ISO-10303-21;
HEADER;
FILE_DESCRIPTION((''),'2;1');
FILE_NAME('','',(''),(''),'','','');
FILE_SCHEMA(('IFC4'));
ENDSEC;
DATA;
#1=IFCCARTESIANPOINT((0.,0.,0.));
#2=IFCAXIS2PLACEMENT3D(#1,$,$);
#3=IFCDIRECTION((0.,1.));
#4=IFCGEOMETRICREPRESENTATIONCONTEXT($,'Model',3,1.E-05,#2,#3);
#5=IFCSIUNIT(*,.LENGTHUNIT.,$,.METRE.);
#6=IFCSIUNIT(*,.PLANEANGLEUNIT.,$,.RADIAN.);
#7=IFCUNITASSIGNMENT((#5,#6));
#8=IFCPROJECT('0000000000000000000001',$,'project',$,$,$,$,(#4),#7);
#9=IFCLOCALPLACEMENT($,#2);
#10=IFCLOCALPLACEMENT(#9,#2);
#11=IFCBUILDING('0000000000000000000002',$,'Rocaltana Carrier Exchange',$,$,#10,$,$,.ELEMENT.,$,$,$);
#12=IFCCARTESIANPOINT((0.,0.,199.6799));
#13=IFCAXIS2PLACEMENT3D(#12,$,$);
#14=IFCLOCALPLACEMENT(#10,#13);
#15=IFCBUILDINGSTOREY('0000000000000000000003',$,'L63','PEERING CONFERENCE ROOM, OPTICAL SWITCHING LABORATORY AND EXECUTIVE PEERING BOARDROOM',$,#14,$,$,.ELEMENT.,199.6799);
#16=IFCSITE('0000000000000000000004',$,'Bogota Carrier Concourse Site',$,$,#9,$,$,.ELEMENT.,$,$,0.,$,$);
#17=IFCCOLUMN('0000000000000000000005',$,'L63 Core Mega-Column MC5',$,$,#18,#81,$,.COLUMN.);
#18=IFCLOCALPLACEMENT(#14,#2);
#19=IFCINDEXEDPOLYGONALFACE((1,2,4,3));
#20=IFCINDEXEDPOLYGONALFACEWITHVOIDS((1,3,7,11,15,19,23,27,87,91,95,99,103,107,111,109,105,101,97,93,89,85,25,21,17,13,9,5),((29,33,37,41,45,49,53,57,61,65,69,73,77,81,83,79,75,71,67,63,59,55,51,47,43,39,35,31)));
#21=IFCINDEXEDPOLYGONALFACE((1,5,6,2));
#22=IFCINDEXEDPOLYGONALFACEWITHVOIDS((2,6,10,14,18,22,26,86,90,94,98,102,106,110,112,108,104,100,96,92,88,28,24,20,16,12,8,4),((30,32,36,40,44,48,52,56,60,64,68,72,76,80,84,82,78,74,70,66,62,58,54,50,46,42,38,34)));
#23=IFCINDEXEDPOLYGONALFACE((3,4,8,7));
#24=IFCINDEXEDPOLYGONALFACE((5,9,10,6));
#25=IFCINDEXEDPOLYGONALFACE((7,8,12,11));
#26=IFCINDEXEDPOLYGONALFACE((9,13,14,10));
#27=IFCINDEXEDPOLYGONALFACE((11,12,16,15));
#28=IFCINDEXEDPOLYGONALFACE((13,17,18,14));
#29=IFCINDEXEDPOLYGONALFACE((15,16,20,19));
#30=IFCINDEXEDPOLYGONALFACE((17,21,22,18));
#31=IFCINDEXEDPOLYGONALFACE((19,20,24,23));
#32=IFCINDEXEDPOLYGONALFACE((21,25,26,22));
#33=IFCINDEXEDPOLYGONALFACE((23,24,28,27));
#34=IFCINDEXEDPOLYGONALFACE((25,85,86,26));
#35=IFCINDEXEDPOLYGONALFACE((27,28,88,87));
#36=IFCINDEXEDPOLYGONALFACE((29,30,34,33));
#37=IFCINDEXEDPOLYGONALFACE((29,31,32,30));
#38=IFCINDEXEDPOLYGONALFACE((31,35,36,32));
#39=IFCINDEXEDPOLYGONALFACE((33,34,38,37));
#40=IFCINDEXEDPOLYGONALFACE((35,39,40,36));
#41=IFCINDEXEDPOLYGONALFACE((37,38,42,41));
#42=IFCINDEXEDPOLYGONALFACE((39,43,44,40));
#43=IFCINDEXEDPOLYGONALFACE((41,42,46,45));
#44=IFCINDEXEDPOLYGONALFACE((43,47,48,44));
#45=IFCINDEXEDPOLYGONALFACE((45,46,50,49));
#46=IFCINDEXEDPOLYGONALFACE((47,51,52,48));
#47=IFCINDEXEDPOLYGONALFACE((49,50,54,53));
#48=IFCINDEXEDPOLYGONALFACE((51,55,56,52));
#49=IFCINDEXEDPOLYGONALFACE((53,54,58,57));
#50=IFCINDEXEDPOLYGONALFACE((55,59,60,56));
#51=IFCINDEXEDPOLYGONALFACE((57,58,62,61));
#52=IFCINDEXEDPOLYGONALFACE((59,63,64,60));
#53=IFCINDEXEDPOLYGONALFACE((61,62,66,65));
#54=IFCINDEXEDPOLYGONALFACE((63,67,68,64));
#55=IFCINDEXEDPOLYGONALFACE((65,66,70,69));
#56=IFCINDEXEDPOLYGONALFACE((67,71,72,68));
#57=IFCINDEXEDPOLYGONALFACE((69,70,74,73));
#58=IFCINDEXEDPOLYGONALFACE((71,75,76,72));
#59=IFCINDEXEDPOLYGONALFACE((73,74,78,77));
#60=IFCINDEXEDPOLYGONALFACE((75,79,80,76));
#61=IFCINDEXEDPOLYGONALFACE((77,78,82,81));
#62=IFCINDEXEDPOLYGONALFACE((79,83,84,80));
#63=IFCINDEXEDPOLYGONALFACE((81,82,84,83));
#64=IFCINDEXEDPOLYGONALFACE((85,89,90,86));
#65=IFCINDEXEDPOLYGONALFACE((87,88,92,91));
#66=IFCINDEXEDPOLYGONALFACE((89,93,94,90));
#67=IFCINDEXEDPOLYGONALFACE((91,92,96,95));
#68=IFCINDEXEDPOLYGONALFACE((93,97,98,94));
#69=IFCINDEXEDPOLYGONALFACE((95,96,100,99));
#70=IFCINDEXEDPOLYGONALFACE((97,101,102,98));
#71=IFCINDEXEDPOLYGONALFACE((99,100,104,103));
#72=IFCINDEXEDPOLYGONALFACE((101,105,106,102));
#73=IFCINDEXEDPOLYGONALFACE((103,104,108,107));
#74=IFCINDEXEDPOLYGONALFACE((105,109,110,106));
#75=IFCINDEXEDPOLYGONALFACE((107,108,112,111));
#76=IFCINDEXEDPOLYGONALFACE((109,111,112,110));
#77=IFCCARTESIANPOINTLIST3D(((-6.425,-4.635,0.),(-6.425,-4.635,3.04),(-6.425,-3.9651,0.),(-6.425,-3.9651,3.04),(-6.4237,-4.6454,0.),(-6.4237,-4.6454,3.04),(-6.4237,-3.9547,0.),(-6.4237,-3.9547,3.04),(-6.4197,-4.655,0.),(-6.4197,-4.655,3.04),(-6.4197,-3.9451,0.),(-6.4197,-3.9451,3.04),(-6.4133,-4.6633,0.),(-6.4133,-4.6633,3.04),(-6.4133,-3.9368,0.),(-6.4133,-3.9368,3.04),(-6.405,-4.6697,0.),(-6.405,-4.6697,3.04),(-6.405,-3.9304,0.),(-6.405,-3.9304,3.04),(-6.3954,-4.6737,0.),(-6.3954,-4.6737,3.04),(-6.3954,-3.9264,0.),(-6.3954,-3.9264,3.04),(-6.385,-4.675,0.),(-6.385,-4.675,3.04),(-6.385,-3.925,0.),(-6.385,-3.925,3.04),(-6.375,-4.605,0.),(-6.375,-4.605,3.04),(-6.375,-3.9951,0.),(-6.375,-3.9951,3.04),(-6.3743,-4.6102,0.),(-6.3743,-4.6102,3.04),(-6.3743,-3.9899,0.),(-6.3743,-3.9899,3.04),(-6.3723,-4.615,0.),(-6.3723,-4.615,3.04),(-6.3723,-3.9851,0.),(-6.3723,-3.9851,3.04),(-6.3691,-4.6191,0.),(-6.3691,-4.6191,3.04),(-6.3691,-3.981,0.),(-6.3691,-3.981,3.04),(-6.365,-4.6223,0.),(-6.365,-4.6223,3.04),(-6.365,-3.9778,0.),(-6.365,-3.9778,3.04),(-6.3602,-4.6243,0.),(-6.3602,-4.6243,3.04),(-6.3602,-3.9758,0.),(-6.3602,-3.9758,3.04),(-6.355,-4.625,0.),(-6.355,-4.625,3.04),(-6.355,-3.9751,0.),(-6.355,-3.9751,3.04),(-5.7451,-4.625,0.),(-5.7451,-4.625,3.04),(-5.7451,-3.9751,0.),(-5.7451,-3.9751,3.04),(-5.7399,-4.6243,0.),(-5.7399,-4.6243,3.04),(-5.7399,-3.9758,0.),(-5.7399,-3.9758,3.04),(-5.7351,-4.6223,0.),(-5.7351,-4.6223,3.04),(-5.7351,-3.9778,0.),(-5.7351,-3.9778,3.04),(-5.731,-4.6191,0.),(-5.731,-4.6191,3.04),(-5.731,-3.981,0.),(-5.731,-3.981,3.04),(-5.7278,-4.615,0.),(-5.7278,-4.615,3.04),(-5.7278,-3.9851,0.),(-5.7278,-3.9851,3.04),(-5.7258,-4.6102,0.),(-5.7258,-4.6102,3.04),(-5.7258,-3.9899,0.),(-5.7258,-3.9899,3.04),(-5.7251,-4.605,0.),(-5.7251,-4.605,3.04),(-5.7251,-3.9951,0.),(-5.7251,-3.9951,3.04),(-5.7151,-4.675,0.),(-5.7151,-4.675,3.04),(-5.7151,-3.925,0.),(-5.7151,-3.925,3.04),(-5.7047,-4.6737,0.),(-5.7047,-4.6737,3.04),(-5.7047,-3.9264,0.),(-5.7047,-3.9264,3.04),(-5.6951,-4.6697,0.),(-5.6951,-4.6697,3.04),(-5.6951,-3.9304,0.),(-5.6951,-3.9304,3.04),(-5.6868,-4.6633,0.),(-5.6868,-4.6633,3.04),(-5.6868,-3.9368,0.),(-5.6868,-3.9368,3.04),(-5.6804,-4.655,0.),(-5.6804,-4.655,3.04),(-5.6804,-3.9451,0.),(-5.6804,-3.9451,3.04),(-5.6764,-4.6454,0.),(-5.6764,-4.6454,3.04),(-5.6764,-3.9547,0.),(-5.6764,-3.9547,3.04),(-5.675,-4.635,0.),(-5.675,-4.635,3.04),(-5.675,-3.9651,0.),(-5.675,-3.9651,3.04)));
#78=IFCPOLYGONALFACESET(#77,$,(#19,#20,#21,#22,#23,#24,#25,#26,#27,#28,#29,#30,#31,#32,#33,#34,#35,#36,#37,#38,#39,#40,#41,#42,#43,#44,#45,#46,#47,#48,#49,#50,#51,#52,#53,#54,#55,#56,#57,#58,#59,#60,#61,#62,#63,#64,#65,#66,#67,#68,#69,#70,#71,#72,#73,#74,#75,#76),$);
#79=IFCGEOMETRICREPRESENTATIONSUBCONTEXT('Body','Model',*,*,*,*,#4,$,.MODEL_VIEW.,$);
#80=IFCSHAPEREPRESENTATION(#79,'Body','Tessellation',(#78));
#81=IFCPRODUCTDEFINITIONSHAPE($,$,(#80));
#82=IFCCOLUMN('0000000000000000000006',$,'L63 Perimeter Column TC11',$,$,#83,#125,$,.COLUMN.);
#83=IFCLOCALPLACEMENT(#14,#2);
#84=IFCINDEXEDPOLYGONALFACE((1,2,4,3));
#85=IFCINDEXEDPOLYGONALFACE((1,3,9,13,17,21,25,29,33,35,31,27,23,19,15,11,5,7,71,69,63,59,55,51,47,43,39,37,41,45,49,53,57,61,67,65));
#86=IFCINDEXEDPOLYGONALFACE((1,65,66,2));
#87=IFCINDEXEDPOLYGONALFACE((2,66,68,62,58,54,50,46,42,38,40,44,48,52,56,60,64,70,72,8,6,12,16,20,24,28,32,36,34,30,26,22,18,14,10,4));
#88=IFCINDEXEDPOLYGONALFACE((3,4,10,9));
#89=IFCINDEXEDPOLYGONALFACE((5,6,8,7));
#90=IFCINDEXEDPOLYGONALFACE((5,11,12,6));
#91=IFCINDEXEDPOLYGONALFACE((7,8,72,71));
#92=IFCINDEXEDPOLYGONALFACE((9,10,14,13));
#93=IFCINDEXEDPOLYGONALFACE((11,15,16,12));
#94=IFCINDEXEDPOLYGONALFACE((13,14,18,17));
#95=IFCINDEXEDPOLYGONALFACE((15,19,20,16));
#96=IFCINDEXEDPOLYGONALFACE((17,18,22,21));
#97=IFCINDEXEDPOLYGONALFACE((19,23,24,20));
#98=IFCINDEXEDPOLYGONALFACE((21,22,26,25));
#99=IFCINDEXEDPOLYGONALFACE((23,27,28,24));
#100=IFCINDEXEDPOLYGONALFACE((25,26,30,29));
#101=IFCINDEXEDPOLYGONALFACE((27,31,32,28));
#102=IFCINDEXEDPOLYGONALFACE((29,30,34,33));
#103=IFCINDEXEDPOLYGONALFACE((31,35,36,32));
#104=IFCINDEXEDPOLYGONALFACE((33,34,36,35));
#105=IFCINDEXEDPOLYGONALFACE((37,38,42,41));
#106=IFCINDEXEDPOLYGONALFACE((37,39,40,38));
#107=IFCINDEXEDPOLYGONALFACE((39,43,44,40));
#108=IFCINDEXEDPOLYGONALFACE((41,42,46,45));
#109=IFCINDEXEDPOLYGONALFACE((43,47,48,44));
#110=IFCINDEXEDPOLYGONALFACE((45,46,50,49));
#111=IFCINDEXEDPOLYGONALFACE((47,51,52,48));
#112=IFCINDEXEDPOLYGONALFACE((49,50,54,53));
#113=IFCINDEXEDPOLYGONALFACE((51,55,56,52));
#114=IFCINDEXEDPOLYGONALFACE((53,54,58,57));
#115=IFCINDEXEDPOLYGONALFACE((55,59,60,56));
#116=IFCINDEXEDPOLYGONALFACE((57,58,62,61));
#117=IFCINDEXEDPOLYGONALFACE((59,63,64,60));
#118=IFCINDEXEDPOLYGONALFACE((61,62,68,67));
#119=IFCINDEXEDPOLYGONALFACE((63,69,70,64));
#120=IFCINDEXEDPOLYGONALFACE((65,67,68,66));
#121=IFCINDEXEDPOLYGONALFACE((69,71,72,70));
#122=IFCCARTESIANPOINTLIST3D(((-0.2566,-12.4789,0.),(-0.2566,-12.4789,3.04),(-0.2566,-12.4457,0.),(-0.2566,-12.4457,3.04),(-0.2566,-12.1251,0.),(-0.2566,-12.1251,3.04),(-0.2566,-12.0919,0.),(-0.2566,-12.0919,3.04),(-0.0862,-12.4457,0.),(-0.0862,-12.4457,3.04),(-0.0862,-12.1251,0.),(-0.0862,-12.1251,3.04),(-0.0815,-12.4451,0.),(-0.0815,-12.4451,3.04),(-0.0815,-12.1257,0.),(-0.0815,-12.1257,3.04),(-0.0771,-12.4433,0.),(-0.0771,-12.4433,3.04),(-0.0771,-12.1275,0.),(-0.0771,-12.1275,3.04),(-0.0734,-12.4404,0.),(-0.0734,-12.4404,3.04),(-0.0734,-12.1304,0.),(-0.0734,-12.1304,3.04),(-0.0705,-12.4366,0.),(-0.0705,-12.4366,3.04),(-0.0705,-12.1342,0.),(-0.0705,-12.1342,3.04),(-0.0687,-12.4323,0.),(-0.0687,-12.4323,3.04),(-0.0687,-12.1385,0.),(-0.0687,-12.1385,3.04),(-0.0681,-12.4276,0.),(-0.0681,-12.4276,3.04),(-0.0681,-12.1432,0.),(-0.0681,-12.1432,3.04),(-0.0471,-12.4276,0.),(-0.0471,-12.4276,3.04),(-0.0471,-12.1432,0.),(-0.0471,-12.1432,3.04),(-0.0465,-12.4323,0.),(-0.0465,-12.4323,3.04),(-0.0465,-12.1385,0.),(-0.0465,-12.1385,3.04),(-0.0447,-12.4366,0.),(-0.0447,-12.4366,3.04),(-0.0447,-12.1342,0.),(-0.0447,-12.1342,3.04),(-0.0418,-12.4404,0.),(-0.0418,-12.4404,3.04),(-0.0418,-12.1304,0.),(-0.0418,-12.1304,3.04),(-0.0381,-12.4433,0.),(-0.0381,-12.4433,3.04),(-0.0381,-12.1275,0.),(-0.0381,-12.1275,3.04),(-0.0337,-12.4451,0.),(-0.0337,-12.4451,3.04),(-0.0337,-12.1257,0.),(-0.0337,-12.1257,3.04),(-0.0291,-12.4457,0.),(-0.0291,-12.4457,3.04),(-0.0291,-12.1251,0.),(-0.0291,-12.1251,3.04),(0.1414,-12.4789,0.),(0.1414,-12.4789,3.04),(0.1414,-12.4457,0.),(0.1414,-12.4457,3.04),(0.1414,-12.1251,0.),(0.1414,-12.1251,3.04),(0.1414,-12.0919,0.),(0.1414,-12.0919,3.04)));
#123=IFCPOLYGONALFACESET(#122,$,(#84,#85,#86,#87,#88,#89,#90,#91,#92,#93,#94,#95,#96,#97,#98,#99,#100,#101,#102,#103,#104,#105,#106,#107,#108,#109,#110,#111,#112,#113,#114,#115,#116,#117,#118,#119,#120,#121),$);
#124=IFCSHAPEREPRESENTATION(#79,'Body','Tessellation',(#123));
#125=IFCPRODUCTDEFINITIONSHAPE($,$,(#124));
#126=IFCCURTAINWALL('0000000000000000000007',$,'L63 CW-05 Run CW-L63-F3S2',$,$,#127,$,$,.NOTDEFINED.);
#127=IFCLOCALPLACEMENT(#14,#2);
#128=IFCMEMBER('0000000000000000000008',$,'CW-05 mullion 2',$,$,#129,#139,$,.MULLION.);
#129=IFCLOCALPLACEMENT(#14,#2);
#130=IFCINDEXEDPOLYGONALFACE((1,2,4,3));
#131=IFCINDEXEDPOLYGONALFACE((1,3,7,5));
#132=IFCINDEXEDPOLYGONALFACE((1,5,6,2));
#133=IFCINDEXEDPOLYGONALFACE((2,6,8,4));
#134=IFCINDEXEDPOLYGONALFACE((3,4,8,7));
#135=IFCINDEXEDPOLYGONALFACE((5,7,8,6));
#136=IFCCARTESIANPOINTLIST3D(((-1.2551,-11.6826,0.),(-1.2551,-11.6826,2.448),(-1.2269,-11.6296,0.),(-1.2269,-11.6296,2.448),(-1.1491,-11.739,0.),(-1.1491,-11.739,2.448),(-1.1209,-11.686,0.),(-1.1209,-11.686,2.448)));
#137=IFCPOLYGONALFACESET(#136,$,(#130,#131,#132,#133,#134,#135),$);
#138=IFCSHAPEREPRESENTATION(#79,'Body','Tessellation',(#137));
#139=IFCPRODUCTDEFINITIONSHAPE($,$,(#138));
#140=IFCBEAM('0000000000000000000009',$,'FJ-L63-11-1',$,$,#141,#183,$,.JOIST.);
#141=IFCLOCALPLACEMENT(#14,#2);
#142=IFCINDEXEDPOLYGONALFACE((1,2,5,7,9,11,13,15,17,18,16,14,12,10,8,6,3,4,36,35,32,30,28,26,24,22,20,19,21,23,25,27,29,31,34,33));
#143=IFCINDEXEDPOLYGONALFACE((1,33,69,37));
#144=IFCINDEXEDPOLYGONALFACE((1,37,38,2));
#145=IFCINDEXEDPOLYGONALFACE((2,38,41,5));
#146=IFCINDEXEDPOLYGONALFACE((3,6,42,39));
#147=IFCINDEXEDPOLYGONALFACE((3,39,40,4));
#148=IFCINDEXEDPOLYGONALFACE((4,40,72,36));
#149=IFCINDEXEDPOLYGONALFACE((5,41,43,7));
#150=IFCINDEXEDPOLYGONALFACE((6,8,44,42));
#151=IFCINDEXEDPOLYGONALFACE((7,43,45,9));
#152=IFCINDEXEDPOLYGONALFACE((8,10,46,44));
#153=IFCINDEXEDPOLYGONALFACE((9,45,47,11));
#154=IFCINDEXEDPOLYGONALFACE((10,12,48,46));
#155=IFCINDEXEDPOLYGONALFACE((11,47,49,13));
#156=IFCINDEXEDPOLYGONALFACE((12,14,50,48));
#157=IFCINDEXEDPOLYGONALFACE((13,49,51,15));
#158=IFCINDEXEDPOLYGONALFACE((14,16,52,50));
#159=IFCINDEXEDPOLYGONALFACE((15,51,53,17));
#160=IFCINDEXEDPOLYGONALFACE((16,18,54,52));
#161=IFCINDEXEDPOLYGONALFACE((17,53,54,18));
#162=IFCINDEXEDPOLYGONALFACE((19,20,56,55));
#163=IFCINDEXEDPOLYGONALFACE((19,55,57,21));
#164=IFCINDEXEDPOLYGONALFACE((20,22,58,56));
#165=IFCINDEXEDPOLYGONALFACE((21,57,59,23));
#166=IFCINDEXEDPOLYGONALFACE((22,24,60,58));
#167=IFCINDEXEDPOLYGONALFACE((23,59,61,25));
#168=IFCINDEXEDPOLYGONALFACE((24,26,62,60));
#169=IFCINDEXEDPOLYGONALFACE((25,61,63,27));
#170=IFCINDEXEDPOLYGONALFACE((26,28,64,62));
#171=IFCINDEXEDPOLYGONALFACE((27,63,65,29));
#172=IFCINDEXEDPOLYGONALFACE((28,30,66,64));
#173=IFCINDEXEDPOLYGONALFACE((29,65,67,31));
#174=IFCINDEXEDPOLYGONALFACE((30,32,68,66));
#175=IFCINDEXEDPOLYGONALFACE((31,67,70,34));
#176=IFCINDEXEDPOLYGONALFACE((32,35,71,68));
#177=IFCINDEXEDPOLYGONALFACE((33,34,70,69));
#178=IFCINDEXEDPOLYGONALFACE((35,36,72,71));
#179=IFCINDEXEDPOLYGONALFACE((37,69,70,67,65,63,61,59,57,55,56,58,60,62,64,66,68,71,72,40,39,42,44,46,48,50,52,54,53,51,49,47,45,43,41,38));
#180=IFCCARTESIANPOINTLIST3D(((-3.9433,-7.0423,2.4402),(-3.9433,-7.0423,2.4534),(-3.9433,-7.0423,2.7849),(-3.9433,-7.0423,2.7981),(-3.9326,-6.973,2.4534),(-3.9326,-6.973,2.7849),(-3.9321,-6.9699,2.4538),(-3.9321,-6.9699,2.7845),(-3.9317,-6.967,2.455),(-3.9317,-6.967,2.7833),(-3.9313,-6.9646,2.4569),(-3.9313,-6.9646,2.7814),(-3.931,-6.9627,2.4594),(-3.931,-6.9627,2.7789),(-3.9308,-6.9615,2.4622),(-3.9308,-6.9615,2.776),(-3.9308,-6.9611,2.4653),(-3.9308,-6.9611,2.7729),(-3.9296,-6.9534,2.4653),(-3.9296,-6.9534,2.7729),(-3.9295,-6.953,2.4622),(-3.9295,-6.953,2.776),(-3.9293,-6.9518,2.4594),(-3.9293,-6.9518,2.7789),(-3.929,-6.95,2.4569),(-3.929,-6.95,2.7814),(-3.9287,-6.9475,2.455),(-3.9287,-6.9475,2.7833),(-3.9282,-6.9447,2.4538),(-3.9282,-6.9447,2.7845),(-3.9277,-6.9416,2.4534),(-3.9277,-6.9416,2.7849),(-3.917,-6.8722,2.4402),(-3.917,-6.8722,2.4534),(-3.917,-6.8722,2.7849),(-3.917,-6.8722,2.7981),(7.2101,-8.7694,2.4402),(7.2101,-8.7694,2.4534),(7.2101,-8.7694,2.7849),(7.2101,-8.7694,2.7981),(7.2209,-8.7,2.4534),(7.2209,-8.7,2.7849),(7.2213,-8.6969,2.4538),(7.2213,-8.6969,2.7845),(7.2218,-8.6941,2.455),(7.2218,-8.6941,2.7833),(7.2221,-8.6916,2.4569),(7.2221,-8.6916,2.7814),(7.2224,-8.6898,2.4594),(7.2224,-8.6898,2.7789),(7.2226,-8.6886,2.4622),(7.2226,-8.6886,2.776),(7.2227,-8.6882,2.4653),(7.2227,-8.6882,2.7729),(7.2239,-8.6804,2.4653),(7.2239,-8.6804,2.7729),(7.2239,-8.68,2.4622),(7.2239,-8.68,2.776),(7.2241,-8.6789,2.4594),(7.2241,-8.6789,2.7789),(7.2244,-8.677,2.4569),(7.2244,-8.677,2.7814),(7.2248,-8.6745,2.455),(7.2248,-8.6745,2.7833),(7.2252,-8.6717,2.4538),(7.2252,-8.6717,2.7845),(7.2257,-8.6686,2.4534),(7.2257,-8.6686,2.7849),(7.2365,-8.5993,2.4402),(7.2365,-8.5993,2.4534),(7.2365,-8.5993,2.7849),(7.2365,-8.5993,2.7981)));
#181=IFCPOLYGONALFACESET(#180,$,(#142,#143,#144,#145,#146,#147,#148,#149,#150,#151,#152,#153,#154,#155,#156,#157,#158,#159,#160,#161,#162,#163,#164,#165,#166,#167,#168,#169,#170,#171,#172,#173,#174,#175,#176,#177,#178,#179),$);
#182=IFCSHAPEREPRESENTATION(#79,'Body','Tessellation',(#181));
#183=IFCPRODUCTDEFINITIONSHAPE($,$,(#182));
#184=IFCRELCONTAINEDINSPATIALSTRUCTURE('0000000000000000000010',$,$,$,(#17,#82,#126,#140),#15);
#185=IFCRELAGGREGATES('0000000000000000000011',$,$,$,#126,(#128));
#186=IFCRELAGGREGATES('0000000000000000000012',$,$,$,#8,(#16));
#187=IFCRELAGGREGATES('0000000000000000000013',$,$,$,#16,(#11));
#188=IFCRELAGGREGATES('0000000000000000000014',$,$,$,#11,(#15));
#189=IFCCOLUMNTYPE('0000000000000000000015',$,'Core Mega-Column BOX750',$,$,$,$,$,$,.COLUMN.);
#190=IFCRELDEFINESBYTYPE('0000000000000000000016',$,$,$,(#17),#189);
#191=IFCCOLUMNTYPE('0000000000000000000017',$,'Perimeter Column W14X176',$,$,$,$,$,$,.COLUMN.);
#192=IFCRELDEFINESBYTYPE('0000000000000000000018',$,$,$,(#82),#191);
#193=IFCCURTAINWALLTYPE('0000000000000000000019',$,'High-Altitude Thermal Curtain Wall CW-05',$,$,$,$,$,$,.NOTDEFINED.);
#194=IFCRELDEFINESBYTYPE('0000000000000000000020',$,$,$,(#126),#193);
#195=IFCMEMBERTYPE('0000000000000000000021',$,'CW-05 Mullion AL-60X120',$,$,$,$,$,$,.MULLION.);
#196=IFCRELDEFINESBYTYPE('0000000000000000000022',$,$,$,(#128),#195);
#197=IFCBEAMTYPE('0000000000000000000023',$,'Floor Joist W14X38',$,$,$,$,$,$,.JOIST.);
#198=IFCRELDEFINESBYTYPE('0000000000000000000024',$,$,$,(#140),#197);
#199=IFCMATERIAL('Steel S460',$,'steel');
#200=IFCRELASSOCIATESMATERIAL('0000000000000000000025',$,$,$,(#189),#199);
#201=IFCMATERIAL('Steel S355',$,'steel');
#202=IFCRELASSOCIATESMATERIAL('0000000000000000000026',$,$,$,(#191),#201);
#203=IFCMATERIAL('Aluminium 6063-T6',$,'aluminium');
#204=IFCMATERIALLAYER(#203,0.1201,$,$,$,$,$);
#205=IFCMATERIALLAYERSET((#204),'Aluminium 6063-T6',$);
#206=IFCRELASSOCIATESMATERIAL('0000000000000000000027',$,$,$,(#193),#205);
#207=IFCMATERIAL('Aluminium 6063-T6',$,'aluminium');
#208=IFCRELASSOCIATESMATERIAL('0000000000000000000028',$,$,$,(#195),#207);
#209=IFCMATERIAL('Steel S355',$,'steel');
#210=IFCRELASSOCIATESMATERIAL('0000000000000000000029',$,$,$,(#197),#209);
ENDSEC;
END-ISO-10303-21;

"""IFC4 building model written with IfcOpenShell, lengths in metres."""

from ifc_helpers import new_model, si_unit, direction, frame, origin, origin_2d, place, context, subcontext, project, spatial, rectangle, hollow_rectangle, i_section, extrude, material, layer, layer_set, material_profile, profile_set, type_object, element, aggregate, save


model = new_model("IFC4")

# Units and contexts
model_context = context("Model", 3, precision=1e-05, world=origin(), true_north=direction((0.0, 1.0)))
body_context = subcontext(model_context, "Body", "Model", "MODEL_VIEW")
ifc_project = project(units=[si_unit("LENGTHUNIT", "METRE"), si_unit("PLANEANGLEUNIT", "RADIAN")], contexts=[model_context])

# Site, building, storey
site_placement = place(None, origin())
site = spatial("IfcSite", under=ifc_project, at=site_placement, Name="Bogota Carrier Concourse Site", CompositionType="ELEMENT", RefElevation=0.0)
building_placement = place(site_placement, origin())
building = spatial("IfcBuilding", under=site, at=building_placement, Name="Rocaltana Carrier Exchange", CompositionType="ELEMENT")
storey_placement = place(building_placement, frame((0.0, 0.0, 199.6799)))
storey = spatial("IfcBuildingStorey", under=building, at=storey_placement, Name="L63", Description="PEERING CONFERENCE ROOM, OPTICAL SWITCHING LABORATORY AND EXECUTIVE PEERING BOARDROOM", CompositionType="ELEMENT", Elevation=199.6799)

# Columns
ifc_material_1 = material(Name="Steel S460", Category="steel")
ifc_material_profile_1 = material_profile(ifc_material_1, hollow_rectangle(XDim=0.75, YDim=0.75, WallThickness=0.05, InnerFilletRadius=0.02, OuterFilletRadius=0.04, at=origin_2d()), Name="BOX750X750X50")
ifc_profile_set_1 = profile_set([ifc_material_profile_1], Name="Steel S460")
column_type_1 = type_object("IfcColumnType", Name="Core Mega-Column BOX750", PredefinedType="COLUMN", material=ifc_profile_set_1)
column_1_placement = place(storey_placement, frame((-6.05, -4.3, 0.0), z_axis=(0.0, 0.0, 1.0), x_axis=(1.0, 0.0, 0.0)))
element("IfcColumn", 1, at=column_1_placement, inside=storey, type_object=column_type_1, Name="L63 Core Mega-Column MC5", PredefinedType="COLUMN", context=body_context, shape_type="SweptSolid", body=[
    extrude(hollow_rectangle(XDim=0.75, YDim=0.75, WallThickness=0.05, InnerFilletRadius=0.02, OuterFilletRadius=0.04, at=origin_2d()), origin(), (0.0, 0.0, 1.0), 3.04),
])
ifc_material_2 = material(Name="Steel S355", Category="steel")
ifc_material_profile_2 = material_profile(ifc_material_2, i_section(OverallWidth=0.3979, OverallDepth=0.387, WebThickness=0.021, FlangeThickness=0.0332, FilletRadius=0.0181, at=origin_2d()), Name="W14X176")
ifc_profile_set_2 = profile_set([ifc_material_profile_2], Name="Steel S355")
column_type_2 = type_object("IfcColumnType", Name="Perimeter Column W14X176", PredefinedType="COLUMN", material=ifc_profile_set_2)
column_2_placement = place(storey_placement, frame((-0.0576, -12.2854, 0.0), z_axis=(0.0, 0.0, 1.0), x_axis=(1.0, 0.0, 0.0)))
element("IfcColumn", 2, at=column_2_placement, inside=storey, type_object=column_type_2, Name="L63 Perimeter Column TC11", PredefinedType="COLUMN", context=body_context, shape_type="SweptSolid", body=[
    extrude(i_section(OverallWidth=0.3979, OverallDepth=0.387, WebThickness=0.021, FlangeThickness=0.0332, FilletRadius=0.0181, at=origin_2d()), origin(), (0.0, 0.0, 1.0), 3.04),
])

# Curtain wall, member
ifc_material_3 = material(Name="Aluminium 6063-T6", Category="aluminium")
ifc_layer_1 = layer(ifc_material_3, 0.1201)
ifc_layer_set_1 = layer_set([ifc_layer_1], Name="Aluminium 6063-T6")
curtain_wall_type = type_object("IfcCurtainWallType", Name="High-Altitude Thermal Curtain Wall CW-05", PredefinedType="NOTDEFINED", material=ifc_layer_set_1)
curtain_wall_placement = place(storey_placement, origin())
curtain_wall = element("IfcCurtainWall", 3, at=curtain_wall_placement, inside=storey, type_object=curtain_wall_type, Name="L63 CW-05 Run CW-L63-F3S2", PredefinedType="NOTDEFINED")
ifc_material_4 = material(Name="Aluminium 6063-T6", Category="aluminium")
ifc_material_profile_3 = material_profile(ifc_material_4, rectangle(XDim=0.0601, YDim=0.1201, at=origin_2d()), Name="AL-60X120")
ifc_profile_set_3 = profile_set([ifc_material_profile_3], Name="Aluminium 6063-T6")
member_type = type_object("IfcMemberType", Name="CW-05 Mullion AL-60X120", PredefinedType="MULLION", material=ifc_profile_set_3)
member_placement = place(storey_placement, frame((-1.188, -11.6843, 0.0), z_axis=(0.0, 0.0, 1.0), x_axis=(0.469479, 0.882943, 0.0)))
member = element("IfcMember", 4, at=member_placement, type_object=member_type, Name="CW-05 mullion 2", PredefinedType="MULLION", context=body_context, shape_type="SweptSolid", body=[
    extrude(rectangle(XDim=0.0601, YDim=0.1201, at=origin_2d()), origin(), (0.0, 0.0, 1.0), 2.448),
])

# Beam
ifc_material_5 = material(Name="Steel S355", Category="steel")
ifc_material_profile_4 = material_profile(ifc_material_5, i_section(OverallWidth=0.1721, OverallDepth=0.3579, WebThickness=0.0078, FlangeThickness=0.0132, FilletRadius=0.012, at=origin_2d()), Name="W14X38")
ifc_profile_set_4 = profile_set([ifc_material_profile_4], Name="Steel S355")
beam_type_1 = type_object("IfcBeamType", Name="Floor Joist W14X38", PredefinedType="JOIST", material=ifc_profile_set_4)
beam_1_placement = place(storey_placement, frame((-3.9302, -6.9573, 2.6191), z_axis=(0.988223, -0.153019, 0.0), x_axis=(0.153019, 0.988223, 0.0)))
element("IfcBeam", 5, at=beam_1_placement, inside=storey, type_object=beam_type_1, Name="FJ-L63-11-1", PredefinedType="JOIST", context=body_context, shape_type="SweptSolid", body=[
    extrude(i_section(OverallWidth=0.1721, OverallDepth=0.3579, WebThickness=0.0078, FlangeThickness=0.0132, FilletRadius=0.012, at=origin_2d()), origin(), (0.0, 0.0, 1.0), 11.2864),
])

aggregate(curtain_wall, [member])

save(model, "model.ifc")
